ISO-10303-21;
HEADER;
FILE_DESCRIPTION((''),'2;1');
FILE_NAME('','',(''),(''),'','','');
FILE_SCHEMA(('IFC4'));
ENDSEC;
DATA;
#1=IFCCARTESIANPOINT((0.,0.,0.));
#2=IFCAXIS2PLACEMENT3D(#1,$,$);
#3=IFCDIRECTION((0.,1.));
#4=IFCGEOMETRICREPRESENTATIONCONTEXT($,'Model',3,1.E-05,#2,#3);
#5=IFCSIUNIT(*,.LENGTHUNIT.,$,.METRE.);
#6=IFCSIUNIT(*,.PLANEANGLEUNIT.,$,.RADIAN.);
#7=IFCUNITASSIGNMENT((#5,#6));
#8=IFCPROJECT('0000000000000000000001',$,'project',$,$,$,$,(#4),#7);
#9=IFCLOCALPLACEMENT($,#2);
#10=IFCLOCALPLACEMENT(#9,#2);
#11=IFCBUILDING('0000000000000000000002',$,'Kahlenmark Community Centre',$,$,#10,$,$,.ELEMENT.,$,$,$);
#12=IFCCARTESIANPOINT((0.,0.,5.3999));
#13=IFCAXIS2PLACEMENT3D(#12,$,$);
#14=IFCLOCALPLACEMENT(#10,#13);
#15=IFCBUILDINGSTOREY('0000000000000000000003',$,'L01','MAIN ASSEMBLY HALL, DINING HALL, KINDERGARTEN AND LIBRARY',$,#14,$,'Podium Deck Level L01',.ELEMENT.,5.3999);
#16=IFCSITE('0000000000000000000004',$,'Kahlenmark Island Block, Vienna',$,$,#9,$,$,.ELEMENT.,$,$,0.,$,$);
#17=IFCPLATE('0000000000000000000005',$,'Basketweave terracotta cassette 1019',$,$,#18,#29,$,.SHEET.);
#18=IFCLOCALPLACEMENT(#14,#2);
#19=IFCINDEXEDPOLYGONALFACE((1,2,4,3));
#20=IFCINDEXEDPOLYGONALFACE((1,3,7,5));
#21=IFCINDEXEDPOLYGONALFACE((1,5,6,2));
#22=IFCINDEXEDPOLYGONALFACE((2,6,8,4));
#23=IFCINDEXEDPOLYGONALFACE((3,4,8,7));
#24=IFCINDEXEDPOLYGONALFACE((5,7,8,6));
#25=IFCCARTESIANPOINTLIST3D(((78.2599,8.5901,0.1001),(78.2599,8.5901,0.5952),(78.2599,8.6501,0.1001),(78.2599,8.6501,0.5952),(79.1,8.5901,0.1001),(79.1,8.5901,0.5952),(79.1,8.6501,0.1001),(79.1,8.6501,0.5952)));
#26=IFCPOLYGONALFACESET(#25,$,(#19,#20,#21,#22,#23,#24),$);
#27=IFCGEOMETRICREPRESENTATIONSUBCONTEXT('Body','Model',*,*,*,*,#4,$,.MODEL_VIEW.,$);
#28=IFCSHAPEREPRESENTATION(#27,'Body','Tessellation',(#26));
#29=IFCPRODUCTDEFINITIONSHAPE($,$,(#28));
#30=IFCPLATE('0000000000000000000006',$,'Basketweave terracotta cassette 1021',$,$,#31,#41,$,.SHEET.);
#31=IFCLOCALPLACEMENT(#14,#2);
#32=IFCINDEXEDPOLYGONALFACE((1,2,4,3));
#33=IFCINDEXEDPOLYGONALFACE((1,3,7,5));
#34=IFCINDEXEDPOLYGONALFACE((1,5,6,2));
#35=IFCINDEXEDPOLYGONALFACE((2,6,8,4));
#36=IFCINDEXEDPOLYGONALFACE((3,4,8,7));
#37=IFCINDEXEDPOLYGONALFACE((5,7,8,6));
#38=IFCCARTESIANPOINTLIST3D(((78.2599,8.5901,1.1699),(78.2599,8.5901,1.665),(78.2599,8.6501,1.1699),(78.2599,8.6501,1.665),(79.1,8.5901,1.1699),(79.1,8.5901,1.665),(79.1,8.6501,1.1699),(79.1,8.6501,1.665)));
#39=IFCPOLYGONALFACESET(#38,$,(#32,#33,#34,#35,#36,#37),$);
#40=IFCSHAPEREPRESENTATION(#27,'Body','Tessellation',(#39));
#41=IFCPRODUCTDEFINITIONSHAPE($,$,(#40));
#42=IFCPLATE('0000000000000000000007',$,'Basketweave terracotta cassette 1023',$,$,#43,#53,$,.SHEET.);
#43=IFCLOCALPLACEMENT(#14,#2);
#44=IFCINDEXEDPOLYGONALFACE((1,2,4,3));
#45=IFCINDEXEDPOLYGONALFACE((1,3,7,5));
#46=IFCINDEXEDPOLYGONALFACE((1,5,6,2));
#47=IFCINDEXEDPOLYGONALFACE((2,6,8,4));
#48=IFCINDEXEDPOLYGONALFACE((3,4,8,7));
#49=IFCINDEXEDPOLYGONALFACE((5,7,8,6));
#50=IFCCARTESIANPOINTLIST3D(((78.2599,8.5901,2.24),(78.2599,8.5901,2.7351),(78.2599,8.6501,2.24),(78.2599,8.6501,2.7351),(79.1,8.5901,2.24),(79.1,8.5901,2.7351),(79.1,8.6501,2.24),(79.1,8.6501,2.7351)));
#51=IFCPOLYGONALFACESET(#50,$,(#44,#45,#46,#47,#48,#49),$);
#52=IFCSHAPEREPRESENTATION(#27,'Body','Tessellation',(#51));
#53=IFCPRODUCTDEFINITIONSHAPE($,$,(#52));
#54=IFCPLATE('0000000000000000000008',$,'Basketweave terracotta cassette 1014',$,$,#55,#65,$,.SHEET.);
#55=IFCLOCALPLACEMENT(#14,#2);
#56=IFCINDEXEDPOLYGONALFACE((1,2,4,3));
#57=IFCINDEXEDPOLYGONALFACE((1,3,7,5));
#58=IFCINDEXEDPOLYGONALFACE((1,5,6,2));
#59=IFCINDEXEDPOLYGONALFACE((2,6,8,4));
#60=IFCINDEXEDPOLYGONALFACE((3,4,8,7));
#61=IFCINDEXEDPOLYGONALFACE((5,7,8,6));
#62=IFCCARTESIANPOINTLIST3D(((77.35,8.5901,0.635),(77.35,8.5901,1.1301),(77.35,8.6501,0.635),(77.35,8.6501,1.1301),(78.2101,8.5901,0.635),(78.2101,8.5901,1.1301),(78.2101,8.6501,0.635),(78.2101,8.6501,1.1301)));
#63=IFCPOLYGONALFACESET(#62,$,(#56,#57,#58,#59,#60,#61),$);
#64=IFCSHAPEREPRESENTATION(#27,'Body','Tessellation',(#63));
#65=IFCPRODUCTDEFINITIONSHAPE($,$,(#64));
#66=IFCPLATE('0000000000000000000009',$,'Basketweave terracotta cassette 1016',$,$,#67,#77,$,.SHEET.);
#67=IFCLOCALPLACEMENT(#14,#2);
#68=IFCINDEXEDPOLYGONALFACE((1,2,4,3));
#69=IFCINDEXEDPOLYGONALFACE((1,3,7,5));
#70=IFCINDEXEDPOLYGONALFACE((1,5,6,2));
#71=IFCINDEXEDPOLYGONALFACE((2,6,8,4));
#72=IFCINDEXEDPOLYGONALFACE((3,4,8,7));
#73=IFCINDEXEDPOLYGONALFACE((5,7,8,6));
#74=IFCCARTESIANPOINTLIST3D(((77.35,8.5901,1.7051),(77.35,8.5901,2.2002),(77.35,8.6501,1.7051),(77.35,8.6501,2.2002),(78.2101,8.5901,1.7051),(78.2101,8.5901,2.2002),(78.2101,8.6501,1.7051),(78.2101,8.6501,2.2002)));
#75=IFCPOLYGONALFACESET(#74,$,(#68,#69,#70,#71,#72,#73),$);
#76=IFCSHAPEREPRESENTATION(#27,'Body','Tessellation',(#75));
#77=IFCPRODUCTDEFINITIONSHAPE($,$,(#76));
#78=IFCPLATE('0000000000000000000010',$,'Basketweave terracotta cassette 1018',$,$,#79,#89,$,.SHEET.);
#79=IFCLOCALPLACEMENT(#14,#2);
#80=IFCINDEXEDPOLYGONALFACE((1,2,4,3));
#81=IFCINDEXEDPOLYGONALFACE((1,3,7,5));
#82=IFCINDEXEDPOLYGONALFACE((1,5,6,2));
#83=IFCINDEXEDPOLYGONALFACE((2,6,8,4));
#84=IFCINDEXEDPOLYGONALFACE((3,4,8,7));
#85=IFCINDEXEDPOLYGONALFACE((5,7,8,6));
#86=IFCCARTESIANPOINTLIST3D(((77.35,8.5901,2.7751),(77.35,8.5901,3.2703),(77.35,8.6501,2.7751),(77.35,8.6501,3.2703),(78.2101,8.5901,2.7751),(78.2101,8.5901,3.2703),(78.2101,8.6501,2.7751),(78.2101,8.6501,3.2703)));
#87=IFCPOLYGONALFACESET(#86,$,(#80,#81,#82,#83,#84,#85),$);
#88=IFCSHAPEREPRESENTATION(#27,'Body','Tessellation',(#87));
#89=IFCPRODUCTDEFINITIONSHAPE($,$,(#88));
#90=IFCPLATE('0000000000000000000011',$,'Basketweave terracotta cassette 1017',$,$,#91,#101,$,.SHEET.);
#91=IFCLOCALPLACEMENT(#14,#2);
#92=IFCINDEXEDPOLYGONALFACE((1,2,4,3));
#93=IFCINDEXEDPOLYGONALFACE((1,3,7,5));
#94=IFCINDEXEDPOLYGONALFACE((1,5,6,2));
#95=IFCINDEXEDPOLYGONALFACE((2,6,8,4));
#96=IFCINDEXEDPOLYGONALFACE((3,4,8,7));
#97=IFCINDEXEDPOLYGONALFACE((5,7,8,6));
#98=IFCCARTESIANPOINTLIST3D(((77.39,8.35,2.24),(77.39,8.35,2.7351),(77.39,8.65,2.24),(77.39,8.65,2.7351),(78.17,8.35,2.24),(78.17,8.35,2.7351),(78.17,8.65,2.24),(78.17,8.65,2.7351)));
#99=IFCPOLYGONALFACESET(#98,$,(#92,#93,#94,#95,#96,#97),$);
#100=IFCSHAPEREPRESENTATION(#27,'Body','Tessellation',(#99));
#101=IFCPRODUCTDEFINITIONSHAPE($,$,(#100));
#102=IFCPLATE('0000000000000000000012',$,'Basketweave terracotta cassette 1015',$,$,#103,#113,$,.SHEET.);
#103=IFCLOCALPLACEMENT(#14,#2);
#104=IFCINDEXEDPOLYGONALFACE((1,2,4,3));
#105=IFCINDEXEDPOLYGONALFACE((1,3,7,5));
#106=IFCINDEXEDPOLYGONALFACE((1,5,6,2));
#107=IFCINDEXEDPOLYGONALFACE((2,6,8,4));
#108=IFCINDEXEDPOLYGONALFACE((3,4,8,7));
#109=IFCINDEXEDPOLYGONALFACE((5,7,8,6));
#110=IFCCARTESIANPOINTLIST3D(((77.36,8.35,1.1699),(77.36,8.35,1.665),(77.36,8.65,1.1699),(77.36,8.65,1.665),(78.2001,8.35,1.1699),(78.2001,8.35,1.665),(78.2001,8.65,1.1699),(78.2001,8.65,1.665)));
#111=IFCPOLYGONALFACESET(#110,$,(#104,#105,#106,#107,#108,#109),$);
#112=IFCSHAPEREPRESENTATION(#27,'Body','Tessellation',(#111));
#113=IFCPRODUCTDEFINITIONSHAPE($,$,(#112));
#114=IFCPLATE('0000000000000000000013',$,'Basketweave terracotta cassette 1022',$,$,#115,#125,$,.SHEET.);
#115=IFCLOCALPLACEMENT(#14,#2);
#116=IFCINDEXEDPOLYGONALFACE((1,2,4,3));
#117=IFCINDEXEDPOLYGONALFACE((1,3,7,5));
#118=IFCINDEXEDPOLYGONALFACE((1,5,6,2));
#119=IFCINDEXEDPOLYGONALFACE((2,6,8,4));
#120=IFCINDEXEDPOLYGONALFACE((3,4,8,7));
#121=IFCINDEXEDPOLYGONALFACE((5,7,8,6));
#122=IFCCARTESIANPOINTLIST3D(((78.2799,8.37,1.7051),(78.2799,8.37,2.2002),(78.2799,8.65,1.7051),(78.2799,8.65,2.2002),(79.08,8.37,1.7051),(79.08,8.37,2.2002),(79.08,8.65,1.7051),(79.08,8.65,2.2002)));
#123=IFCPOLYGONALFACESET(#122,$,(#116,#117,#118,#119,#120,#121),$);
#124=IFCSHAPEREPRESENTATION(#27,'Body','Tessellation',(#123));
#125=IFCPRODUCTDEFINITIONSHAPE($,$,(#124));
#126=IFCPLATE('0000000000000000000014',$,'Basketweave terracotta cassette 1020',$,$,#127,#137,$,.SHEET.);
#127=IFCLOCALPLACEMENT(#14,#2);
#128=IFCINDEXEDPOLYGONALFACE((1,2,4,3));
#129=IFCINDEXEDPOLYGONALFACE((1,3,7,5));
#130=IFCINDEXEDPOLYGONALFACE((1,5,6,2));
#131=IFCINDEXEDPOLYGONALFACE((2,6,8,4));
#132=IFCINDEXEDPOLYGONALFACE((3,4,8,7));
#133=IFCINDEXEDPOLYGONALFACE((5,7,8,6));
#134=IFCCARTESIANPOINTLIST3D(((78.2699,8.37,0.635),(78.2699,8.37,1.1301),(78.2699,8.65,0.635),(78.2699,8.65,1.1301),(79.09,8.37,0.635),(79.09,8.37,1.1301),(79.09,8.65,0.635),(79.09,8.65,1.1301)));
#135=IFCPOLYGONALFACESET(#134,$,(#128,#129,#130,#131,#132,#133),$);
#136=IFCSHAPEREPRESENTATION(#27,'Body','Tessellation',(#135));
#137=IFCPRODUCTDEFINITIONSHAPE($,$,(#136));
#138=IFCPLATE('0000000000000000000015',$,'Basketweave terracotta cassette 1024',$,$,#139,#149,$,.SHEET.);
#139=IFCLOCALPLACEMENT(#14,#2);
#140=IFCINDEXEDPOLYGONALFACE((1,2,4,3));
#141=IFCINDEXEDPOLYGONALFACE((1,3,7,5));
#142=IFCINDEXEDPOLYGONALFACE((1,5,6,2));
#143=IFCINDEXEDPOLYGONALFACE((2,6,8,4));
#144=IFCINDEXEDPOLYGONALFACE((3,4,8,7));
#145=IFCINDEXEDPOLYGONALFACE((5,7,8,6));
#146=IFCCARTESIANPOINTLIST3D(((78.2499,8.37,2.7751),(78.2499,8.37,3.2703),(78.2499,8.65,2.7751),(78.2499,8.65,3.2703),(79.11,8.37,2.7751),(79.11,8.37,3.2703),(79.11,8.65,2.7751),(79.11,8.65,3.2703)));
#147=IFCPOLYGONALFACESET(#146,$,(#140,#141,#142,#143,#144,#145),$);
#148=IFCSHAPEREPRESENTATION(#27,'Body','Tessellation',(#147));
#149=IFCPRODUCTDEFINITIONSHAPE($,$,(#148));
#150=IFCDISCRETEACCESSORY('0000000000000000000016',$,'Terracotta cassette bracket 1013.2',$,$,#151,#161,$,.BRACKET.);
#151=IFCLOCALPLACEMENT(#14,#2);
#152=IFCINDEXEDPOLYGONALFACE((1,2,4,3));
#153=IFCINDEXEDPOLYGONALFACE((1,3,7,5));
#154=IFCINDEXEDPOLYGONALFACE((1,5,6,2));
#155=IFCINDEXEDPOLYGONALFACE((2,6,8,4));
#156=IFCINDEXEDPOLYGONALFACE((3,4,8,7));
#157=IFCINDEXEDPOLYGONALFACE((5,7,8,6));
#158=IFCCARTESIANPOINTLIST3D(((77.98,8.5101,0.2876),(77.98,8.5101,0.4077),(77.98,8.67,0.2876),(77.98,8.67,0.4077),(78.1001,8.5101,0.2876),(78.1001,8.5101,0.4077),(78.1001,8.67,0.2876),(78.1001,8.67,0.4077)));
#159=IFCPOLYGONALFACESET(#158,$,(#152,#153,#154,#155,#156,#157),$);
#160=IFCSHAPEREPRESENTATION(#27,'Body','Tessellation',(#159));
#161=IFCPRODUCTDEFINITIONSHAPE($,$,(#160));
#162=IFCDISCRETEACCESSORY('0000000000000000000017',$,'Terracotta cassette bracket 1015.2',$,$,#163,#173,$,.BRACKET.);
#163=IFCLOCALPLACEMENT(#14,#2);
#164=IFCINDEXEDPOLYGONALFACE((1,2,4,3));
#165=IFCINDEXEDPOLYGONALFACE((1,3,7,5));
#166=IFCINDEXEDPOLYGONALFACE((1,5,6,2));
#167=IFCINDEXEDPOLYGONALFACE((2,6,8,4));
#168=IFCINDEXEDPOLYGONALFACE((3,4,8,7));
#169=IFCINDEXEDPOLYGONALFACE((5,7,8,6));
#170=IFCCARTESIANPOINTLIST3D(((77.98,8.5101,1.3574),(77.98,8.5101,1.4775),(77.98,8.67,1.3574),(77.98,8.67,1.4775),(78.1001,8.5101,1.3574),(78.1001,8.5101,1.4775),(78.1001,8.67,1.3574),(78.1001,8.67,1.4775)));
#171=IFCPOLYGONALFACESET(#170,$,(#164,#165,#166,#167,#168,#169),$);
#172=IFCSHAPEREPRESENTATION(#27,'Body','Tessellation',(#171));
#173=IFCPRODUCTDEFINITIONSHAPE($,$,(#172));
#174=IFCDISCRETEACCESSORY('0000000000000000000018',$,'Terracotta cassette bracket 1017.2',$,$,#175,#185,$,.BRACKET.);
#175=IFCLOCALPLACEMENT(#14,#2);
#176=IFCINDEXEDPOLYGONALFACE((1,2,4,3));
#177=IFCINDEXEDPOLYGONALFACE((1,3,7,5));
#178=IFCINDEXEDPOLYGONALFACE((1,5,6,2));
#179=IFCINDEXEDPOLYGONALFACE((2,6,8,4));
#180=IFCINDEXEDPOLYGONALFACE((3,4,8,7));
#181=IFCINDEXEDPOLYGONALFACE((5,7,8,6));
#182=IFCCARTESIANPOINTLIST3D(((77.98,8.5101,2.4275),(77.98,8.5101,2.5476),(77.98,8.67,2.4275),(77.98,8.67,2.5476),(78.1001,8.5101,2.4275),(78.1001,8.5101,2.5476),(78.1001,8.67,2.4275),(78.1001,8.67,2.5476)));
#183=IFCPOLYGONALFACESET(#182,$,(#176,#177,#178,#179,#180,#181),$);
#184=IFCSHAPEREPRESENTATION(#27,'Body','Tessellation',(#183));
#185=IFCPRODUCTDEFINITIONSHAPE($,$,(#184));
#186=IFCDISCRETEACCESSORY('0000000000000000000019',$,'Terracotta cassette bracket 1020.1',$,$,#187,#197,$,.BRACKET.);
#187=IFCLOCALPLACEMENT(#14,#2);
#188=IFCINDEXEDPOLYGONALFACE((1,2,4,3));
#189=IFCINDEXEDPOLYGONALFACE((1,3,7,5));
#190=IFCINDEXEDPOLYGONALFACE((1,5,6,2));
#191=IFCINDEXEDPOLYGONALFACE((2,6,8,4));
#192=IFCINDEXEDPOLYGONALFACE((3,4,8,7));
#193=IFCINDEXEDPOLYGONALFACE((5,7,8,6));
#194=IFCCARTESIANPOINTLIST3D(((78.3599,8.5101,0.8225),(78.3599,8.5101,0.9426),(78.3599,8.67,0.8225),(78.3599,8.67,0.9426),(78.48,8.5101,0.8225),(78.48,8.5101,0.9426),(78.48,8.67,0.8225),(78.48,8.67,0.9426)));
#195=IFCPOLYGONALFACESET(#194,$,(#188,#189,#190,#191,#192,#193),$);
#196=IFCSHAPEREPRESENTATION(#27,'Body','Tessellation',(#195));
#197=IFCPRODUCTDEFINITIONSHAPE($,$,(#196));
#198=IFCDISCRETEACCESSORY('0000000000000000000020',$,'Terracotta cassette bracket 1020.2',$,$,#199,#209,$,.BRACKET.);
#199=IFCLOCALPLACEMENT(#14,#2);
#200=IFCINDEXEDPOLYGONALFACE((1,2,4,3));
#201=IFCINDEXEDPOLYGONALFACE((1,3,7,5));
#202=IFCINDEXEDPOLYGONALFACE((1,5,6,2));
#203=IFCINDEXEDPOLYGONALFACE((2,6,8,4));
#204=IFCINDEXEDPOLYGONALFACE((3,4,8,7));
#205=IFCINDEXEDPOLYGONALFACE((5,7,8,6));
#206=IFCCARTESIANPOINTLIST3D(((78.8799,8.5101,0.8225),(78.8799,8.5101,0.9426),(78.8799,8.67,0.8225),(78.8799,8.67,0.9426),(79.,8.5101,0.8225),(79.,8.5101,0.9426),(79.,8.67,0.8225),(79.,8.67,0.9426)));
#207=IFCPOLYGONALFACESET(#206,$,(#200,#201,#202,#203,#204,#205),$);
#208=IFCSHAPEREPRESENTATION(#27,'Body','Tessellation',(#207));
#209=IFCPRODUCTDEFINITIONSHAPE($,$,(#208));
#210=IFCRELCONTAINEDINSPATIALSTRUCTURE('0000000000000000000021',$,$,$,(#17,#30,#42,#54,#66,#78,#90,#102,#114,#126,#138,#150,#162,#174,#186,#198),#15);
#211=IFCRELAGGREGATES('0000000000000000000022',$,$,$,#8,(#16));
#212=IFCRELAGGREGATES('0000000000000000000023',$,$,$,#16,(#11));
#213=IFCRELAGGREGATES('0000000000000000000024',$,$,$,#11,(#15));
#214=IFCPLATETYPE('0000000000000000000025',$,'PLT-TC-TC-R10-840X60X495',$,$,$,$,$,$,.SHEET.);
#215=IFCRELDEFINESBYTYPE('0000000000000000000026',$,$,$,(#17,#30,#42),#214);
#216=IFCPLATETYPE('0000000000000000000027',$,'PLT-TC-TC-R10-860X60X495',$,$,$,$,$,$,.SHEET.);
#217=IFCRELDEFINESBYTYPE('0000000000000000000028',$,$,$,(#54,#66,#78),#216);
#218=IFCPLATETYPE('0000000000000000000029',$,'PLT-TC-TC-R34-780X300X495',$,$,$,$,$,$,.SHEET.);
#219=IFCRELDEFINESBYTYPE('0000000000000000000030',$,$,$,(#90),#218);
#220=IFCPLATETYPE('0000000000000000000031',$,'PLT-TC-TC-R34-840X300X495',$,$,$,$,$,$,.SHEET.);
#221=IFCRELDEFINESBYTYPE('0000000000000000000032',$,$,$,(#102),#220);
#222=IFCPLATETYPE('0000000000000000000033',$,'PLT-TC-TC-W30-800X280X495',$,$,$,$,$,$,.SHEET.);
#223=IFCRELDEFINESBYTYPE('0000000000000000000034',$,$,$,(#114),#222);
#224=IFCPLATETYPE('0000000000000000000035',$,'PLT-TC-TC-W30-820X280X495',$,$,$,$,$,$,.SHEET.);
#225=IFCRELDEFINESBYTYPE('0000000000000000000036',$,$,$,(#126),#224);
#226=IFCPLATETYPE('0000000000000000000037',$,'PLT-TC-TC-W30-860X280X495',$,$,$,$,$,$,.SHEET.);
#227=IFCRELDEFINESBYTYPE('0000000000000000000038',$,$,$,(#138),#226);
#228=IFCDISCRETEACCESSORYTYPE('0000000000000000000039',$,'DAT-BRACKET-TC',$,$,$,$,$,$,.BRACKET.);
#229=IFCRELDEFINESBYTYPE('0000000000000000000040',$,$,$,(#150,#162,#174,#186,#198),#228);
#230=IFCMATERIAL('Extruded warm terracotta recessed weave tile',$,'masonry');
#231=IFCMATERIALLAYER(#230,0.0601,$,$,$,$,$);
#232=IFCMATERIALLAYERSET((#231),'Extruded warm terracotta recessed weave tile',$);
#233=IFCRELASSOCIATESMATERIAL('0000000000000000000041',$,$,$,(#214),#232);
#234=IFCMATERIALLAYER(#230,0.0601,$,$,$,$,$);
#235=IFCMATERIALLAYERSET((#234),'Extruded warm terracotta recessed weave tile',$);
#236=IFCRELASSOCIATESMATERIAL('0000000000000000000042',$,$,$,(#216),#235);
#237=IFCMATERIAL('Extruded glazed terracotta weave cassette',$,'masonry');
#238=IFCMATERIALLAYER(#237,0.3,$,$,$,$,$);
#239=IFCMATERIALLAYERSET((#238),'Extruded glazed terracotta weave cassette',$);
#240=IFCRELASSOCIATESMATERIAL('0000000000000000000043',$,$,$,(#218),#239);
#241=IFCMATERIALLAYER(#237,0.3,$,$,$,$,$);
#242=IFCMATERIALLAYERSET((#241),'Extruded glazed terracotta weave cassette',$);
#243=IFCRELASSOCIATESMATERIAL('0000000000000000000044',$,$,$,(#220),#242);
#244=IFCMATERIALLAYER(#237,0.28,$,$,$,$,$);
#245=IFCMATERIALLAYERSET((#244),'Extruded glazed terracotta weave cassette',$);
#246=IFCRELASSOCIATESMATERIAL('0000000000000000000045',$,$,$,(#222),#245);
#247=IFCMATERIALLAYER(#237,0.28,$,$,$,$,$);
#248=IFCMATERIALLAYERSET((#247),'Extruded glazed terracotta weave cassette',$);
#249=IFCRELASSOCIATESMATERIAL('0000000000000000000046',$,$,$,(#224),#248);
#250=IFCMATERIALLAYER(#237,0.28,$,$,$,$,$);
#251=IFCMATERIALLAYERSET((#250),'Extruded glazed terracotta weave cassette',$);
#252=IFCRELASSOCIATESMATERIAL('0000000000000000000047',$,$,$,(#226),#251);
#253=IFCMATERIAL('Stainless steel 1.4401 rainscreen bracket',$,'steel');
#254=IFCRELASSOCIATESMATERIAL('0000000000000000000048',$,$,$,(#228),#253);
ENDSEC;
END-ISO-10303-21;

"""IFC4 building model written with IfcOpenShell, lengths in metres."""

from ifc_helpers import new_model, si_unit, direction, frame, origin, origin_2d, place, context, subcontext, project, spatial, rectangle, extrude, material, layer, layer_set, type_object, element, save


model = new_model("IFC4")

# Units and contexts
model_context = context("Model", 3, precision=1e-05, world=origin(), true_north=direction((0.0, 1.0)))
body_context = subcontext(model_context, "Body", "Model", "MODEL_VIEW")
ifc_project = project(units=[si_unit("LENGTHUNIT", "METRE"), si_unit("PLANEANGLEUNIT", "RADIAN")], contexts=[model_context])

# Site, building, storey
site_placement = place(None, origin())
site = spatial("IfcSite", under=ifc_project, at=site_placement, Name="Kahlenmark Island Block, Vienna", CompositionType="ELEMENT", RefElevation=0.0)
building_placement = place(site_placement, origin())
building = spatial("IfcBuilding", under=site, at=building_placement, Name="Kahlenmark Community Centre", CompositionType="ELEMENT")
storey_placement = place(building_placement, frame((0.0, 0.0, 5.3999)))
storey = spatial("IfcBuildingStorey", under=building, at=storey_placement, Name="L01", Description="MAIN ASSEMBLY HALL, DINING HALL, KINDERGARTEN AND LIBRARY", LongName="Podium Deck Level L01", CompositionType="ELEMENT", Elevation=5.3999)

# Plates
ifc_material_1 = material(Name="Extruded warm terracotta recessed weave tile", Category="masonry")
ifc_layer_1 = layer(ifc_material_1, 0.0601)
ifc_layer_set_1 = layer_set([ifc_layer_1], Name="Extruded warm terracotta recessed weave tile")
plate_type_1 = type_object("IfcPlateType", Name="PLT-TC-TC-R10-840X60X495", PredefinedType="SHEET", material=ifc_layer_set_1)
for number, where, z_axis, x_axis, name in (
    (1, (78.6799, 8.6201, 0.1001), (0.0, 0.0, 1.0), (1.0, 0.0, 0.0), "Basketweave terracotta cassette 1019"),
    (2, (78.6799, 8.6201, 1.1699), (0.0, 0.0, 1.0), (1.0, 0.0, 0.0), "Basketweave terracotta cassette 1021"),
    (3, (78.6799, 8.6201, 2.24), (0.0, 0.0, 1.0), (1.0, 0.0, 0.0), "Basketweave terracotta cassette 1023"),
):
    element("IfcPlate", number, at=place(storey_placement, frame(where, z_axis=z_axis, x_axis=x_axis)), inside=storey, type_object=plate_type_1, Name=name, PredefinedType="SHEET", context=body_context, shape_type="SweptSolid", body=[
        extrude(rectangle(XDim=0.8401, YDim=0.0601, at=origin_2d()), origin(), (0.0, 0.0, 1.0), 0.4951),
    ])
ifc_layer_2 = layer(ifc_material_1, 0.0601)
ifc_layer_set_2 = layer_set([ifc_layer_2], Name="Extruded warm terracotta recessed weave tile")
plate_type_2 = type_object("IfcPlateType", Name="PLT-TC-TC-R10-860X60X495", PredefinedType="SHEET", material=ifc_layer_set_2)
for number, where, z_axis, x_axis, name in (
    (4, (77.78, 8.6201, 0.635), (0.0, 0.0, 1.0), (1.0, 0.0, 0.0), "Basketweave terracotta cassette 1014"),
    (5, (77.78, 8.6201, 1.7051), (0.0, 0.0, 1.0), (1.0, 0.0, 0.0), "Basketweave terracotta cassette 1016"),
    (6, (77.78, 8.6201, 2.7751), (0.0, 0.0, 1.0), (1.0, 0.0, 0.0), "Basketweave terracotta cassette 1018"),
):
    element("IfcPlate", number, at=place(storey_placement, frame(where, z_axis=z_axis, x_axis=x_axis)), inside=storey, type_object=plate_type_2, Name=name, PredefinedType="SHEET", context=body_context, shape_type="SweptSolid", body=[
        extrude(rectangle(XDim=0.8601, YDim=0.0601, at=origin_2d()), origin(), (0.0, 0.0, 1.0), 0.4951),
    ])
ifc_material_2 = material(Name="Extruded glazed terracotta weave cassette", Category="masonry")
ifc_layer_3 = layer(ifc_material_2, 0.3)
ifc_layer_set_3 = layer_set([ifc_layer_3], Name="Extruded glazed terracotta weave cassette")
plate_type_3 = type_object("IfcPlateType", Name="PLT-TC-TC-R34-780X300X495", PredefinedType="SHEET", material=ifc_layer_set_3)
plate_1_placement = place(storey_placement, frame((77.78, 8.5, 2.24), z_axis=(0.0, 0.0, 1.0), x_axis=(1.0, 0.0, 0.0)))
element("IfcPlate", 7, at=plate_1_placement, inside=storey, type_object=plate_type_3, Name="Basketweave terracotta cassette 1017", PredefinedType="SHEET", context=body_context, shape_type="SweptSolid", body=[
    extrude(rectangle(XDim=0.78, YDim=0.3, at=origin_2d()), origin(), (0.0, 0.0, 1.0), 0.4951),
])
ifc_layer_4 = layer(ifc_material_2, 0.3)
ifc_layer_set_4 = layer_set([ifc_layer_4], Name="Extruded glazed terracotta weave cassette")
plate_type_4 = type_object("IfcPlateType", Name="PLT-TC-TC-R34-840X300X495", PredefinedType="SHEET", material=ifc_layer_set_4)
plate_2_placement = place(storey_placement, frame((77.78, 8.5, 1.1699), z_axis=(0.0, 0.0, 1.0), x_axis=(1.0, 0.0, 0.0)))
element("IfcPlate", 8, at=plate_2_placement, inside=storey, type_object=plate_type_4, Name="Basketweave terracotta cassette 1015", PredefinedType="SHEET", context=body_context, shape_type="SweptSolid", body=[
    extrude(rectangle(XDim=0.8401, YDim=0.3, at=origin_2d()), origin(), (0.0, 0.0, 1.0), 0.4951),
])
ifc_layer_5 = layer(ifc_material_2, 0.28)
ifc_layer_set_5 = layer_set([ifc_layer_5], Name="Extruded glazed terracotta weave cassette")
plate_type_5 = type_object("IfcPlateType", Name="PLT-TC-TC-W30-800X280X495", PredefinedType="SHEET", material=ifc_layer_set_5)
plate_3_placement = place(storey_placement, frame((78.6799, 8.51, 1.7051), z_axis=(0.0, 0.0, 1.0), x_axis=(1.0, 0.0, 0.0)))
element("IfcPlate", 9, at=plate_3_placement, inside=storey, type_object=plate_type_5, Name="Basketweave terracotta cassette 1022", PredefinedType="SHEET", context=body_context, shape_type="SweptSolid", body=[
    extrude(rectangle(XDim=0.8, YDim=0.28, at=origin_2d()), origin(), (0.0, 0.0, 1.0), 0.4951),
])
ifc_layer_6 = layer(ifc_material_2, 0.28)
ifc_layer_set_6 = layer_set([ifc_layer_6], Name="Extruded glazed terracotta weave cassette")
plate_type_6 = type_object("IfcPlateType", Name="PLT-TC-TC-W30-820X280X495", PredefinedType="SHEET", material=ifc_layer_set_6)
plate_4_placement = place(storey_placement, frame((78.6799, 8.51, 0.635), z_axis=(0.0, 0.0, 1.0), x_axis=(1.0, 0.0, 0.0)))
element("IfcPlate", 10, at=plate_4_placement, inside=storey, type_object=plate_type_6, Name="Basketweave terracotta cassette 1020", PredefinedType="SHEET", context=body_context, shape_type="SweptSolid", body=[
    extrude(rectangle(XDim=0.8201, YDim=0.28, at=origin_2d()), origin(), (0.0, 0.0, 1.0), 0.4951),
])
ifc_layer_7 = layer(ifc_material_2, 0.28)
ifc_layer_set_7 = layer_set([ifc_layer_7], Name="Extruded glazed terracotta weave cassette")
plate_type_7 = type_object("IfcPlateType", Name="PLT-TC-TC-W30-860X280X495", PredefinedType="SHEET", material=ifc_layer_set_7)
plate_5_placement = place(storey_placement, frame((78.6799, 8.51, 2.7751), z_axis=(0.0, 0.0, 1.0), x_axis=(1.0, 0.0, 0.0)))
element("IfcPlate", 11, at=plate_5_placement, inside=storey, type_object=plate_type_7, Name="Basketweave terracotta cassette 1024", PredefinedType="SHEET", context=body_context, shape_type="SweptSolid", body=[
    extrude(rectangle(XDim=0.8601, YDim=0.28, at=origin_2d()), origin(), (0.0, 0.0, 1.0), 0.4951),
])

# Discrete accessories
ifc_material_3 = material(Name="Stainless steel 1.4401 rainscreen bracket", Category="steel")
discrete_accessory_type = type_object("IfcDiscreteAccessoryType", Name="DAT-BRACKET-TC", PredefinedType="BRACKET", material=ifc_material_3)
for number, where, z_axis, x_axis, name in (
    (12, (78.04, 8.5901, 0.2876), (0.0, 0.0, 1.0), (1.0, 0.0, 0.0), "Terracotta cassette bracket 1013.2"),
    (13, (78.04, 8.5901, 1.3574), (0.0, 0.0, 1.0), (1.0, 0.0, 0.0), "Terracotta cassette bracket 1015.2"),
    (14, (78.04, 8.5901, 2.4275), (0.0, 0.0, 1.0), (1.0, 0.0, 0.0), "Terracotta cassette bracket 1017.2"),
    (15, (78.4199, 8.5901, 0.8225), (0.0, 0.0, 1.0), (1.0, 0.0, 0.0), "Terracotta cassette bracket 1020.1"),
    (16, (78.9399, 8.5901, 0.8225), (0.0, 0.0, 1.0), (1.0, 0.0, 0.0), "Terracotta cassette bracket 1020.2"),
):
    element("IfcDiscreteAccessory", number, at=place(storey_placement, frame(where, z_axis=z_axis, x_axis=x_axis)), inside=storey, type_object=discrete_accessory_type, Name=name, PredefinedType="BRACKET", context=body_context, shape_type="SweptSolid", body=[
        extrude(rectangle(XDim=0.1201, YDim=0.1599, at=origin_2d()), origin(), (0.0, 0.0, 1.0), 0.1201),
    ])

save(model, "model.ifc")
